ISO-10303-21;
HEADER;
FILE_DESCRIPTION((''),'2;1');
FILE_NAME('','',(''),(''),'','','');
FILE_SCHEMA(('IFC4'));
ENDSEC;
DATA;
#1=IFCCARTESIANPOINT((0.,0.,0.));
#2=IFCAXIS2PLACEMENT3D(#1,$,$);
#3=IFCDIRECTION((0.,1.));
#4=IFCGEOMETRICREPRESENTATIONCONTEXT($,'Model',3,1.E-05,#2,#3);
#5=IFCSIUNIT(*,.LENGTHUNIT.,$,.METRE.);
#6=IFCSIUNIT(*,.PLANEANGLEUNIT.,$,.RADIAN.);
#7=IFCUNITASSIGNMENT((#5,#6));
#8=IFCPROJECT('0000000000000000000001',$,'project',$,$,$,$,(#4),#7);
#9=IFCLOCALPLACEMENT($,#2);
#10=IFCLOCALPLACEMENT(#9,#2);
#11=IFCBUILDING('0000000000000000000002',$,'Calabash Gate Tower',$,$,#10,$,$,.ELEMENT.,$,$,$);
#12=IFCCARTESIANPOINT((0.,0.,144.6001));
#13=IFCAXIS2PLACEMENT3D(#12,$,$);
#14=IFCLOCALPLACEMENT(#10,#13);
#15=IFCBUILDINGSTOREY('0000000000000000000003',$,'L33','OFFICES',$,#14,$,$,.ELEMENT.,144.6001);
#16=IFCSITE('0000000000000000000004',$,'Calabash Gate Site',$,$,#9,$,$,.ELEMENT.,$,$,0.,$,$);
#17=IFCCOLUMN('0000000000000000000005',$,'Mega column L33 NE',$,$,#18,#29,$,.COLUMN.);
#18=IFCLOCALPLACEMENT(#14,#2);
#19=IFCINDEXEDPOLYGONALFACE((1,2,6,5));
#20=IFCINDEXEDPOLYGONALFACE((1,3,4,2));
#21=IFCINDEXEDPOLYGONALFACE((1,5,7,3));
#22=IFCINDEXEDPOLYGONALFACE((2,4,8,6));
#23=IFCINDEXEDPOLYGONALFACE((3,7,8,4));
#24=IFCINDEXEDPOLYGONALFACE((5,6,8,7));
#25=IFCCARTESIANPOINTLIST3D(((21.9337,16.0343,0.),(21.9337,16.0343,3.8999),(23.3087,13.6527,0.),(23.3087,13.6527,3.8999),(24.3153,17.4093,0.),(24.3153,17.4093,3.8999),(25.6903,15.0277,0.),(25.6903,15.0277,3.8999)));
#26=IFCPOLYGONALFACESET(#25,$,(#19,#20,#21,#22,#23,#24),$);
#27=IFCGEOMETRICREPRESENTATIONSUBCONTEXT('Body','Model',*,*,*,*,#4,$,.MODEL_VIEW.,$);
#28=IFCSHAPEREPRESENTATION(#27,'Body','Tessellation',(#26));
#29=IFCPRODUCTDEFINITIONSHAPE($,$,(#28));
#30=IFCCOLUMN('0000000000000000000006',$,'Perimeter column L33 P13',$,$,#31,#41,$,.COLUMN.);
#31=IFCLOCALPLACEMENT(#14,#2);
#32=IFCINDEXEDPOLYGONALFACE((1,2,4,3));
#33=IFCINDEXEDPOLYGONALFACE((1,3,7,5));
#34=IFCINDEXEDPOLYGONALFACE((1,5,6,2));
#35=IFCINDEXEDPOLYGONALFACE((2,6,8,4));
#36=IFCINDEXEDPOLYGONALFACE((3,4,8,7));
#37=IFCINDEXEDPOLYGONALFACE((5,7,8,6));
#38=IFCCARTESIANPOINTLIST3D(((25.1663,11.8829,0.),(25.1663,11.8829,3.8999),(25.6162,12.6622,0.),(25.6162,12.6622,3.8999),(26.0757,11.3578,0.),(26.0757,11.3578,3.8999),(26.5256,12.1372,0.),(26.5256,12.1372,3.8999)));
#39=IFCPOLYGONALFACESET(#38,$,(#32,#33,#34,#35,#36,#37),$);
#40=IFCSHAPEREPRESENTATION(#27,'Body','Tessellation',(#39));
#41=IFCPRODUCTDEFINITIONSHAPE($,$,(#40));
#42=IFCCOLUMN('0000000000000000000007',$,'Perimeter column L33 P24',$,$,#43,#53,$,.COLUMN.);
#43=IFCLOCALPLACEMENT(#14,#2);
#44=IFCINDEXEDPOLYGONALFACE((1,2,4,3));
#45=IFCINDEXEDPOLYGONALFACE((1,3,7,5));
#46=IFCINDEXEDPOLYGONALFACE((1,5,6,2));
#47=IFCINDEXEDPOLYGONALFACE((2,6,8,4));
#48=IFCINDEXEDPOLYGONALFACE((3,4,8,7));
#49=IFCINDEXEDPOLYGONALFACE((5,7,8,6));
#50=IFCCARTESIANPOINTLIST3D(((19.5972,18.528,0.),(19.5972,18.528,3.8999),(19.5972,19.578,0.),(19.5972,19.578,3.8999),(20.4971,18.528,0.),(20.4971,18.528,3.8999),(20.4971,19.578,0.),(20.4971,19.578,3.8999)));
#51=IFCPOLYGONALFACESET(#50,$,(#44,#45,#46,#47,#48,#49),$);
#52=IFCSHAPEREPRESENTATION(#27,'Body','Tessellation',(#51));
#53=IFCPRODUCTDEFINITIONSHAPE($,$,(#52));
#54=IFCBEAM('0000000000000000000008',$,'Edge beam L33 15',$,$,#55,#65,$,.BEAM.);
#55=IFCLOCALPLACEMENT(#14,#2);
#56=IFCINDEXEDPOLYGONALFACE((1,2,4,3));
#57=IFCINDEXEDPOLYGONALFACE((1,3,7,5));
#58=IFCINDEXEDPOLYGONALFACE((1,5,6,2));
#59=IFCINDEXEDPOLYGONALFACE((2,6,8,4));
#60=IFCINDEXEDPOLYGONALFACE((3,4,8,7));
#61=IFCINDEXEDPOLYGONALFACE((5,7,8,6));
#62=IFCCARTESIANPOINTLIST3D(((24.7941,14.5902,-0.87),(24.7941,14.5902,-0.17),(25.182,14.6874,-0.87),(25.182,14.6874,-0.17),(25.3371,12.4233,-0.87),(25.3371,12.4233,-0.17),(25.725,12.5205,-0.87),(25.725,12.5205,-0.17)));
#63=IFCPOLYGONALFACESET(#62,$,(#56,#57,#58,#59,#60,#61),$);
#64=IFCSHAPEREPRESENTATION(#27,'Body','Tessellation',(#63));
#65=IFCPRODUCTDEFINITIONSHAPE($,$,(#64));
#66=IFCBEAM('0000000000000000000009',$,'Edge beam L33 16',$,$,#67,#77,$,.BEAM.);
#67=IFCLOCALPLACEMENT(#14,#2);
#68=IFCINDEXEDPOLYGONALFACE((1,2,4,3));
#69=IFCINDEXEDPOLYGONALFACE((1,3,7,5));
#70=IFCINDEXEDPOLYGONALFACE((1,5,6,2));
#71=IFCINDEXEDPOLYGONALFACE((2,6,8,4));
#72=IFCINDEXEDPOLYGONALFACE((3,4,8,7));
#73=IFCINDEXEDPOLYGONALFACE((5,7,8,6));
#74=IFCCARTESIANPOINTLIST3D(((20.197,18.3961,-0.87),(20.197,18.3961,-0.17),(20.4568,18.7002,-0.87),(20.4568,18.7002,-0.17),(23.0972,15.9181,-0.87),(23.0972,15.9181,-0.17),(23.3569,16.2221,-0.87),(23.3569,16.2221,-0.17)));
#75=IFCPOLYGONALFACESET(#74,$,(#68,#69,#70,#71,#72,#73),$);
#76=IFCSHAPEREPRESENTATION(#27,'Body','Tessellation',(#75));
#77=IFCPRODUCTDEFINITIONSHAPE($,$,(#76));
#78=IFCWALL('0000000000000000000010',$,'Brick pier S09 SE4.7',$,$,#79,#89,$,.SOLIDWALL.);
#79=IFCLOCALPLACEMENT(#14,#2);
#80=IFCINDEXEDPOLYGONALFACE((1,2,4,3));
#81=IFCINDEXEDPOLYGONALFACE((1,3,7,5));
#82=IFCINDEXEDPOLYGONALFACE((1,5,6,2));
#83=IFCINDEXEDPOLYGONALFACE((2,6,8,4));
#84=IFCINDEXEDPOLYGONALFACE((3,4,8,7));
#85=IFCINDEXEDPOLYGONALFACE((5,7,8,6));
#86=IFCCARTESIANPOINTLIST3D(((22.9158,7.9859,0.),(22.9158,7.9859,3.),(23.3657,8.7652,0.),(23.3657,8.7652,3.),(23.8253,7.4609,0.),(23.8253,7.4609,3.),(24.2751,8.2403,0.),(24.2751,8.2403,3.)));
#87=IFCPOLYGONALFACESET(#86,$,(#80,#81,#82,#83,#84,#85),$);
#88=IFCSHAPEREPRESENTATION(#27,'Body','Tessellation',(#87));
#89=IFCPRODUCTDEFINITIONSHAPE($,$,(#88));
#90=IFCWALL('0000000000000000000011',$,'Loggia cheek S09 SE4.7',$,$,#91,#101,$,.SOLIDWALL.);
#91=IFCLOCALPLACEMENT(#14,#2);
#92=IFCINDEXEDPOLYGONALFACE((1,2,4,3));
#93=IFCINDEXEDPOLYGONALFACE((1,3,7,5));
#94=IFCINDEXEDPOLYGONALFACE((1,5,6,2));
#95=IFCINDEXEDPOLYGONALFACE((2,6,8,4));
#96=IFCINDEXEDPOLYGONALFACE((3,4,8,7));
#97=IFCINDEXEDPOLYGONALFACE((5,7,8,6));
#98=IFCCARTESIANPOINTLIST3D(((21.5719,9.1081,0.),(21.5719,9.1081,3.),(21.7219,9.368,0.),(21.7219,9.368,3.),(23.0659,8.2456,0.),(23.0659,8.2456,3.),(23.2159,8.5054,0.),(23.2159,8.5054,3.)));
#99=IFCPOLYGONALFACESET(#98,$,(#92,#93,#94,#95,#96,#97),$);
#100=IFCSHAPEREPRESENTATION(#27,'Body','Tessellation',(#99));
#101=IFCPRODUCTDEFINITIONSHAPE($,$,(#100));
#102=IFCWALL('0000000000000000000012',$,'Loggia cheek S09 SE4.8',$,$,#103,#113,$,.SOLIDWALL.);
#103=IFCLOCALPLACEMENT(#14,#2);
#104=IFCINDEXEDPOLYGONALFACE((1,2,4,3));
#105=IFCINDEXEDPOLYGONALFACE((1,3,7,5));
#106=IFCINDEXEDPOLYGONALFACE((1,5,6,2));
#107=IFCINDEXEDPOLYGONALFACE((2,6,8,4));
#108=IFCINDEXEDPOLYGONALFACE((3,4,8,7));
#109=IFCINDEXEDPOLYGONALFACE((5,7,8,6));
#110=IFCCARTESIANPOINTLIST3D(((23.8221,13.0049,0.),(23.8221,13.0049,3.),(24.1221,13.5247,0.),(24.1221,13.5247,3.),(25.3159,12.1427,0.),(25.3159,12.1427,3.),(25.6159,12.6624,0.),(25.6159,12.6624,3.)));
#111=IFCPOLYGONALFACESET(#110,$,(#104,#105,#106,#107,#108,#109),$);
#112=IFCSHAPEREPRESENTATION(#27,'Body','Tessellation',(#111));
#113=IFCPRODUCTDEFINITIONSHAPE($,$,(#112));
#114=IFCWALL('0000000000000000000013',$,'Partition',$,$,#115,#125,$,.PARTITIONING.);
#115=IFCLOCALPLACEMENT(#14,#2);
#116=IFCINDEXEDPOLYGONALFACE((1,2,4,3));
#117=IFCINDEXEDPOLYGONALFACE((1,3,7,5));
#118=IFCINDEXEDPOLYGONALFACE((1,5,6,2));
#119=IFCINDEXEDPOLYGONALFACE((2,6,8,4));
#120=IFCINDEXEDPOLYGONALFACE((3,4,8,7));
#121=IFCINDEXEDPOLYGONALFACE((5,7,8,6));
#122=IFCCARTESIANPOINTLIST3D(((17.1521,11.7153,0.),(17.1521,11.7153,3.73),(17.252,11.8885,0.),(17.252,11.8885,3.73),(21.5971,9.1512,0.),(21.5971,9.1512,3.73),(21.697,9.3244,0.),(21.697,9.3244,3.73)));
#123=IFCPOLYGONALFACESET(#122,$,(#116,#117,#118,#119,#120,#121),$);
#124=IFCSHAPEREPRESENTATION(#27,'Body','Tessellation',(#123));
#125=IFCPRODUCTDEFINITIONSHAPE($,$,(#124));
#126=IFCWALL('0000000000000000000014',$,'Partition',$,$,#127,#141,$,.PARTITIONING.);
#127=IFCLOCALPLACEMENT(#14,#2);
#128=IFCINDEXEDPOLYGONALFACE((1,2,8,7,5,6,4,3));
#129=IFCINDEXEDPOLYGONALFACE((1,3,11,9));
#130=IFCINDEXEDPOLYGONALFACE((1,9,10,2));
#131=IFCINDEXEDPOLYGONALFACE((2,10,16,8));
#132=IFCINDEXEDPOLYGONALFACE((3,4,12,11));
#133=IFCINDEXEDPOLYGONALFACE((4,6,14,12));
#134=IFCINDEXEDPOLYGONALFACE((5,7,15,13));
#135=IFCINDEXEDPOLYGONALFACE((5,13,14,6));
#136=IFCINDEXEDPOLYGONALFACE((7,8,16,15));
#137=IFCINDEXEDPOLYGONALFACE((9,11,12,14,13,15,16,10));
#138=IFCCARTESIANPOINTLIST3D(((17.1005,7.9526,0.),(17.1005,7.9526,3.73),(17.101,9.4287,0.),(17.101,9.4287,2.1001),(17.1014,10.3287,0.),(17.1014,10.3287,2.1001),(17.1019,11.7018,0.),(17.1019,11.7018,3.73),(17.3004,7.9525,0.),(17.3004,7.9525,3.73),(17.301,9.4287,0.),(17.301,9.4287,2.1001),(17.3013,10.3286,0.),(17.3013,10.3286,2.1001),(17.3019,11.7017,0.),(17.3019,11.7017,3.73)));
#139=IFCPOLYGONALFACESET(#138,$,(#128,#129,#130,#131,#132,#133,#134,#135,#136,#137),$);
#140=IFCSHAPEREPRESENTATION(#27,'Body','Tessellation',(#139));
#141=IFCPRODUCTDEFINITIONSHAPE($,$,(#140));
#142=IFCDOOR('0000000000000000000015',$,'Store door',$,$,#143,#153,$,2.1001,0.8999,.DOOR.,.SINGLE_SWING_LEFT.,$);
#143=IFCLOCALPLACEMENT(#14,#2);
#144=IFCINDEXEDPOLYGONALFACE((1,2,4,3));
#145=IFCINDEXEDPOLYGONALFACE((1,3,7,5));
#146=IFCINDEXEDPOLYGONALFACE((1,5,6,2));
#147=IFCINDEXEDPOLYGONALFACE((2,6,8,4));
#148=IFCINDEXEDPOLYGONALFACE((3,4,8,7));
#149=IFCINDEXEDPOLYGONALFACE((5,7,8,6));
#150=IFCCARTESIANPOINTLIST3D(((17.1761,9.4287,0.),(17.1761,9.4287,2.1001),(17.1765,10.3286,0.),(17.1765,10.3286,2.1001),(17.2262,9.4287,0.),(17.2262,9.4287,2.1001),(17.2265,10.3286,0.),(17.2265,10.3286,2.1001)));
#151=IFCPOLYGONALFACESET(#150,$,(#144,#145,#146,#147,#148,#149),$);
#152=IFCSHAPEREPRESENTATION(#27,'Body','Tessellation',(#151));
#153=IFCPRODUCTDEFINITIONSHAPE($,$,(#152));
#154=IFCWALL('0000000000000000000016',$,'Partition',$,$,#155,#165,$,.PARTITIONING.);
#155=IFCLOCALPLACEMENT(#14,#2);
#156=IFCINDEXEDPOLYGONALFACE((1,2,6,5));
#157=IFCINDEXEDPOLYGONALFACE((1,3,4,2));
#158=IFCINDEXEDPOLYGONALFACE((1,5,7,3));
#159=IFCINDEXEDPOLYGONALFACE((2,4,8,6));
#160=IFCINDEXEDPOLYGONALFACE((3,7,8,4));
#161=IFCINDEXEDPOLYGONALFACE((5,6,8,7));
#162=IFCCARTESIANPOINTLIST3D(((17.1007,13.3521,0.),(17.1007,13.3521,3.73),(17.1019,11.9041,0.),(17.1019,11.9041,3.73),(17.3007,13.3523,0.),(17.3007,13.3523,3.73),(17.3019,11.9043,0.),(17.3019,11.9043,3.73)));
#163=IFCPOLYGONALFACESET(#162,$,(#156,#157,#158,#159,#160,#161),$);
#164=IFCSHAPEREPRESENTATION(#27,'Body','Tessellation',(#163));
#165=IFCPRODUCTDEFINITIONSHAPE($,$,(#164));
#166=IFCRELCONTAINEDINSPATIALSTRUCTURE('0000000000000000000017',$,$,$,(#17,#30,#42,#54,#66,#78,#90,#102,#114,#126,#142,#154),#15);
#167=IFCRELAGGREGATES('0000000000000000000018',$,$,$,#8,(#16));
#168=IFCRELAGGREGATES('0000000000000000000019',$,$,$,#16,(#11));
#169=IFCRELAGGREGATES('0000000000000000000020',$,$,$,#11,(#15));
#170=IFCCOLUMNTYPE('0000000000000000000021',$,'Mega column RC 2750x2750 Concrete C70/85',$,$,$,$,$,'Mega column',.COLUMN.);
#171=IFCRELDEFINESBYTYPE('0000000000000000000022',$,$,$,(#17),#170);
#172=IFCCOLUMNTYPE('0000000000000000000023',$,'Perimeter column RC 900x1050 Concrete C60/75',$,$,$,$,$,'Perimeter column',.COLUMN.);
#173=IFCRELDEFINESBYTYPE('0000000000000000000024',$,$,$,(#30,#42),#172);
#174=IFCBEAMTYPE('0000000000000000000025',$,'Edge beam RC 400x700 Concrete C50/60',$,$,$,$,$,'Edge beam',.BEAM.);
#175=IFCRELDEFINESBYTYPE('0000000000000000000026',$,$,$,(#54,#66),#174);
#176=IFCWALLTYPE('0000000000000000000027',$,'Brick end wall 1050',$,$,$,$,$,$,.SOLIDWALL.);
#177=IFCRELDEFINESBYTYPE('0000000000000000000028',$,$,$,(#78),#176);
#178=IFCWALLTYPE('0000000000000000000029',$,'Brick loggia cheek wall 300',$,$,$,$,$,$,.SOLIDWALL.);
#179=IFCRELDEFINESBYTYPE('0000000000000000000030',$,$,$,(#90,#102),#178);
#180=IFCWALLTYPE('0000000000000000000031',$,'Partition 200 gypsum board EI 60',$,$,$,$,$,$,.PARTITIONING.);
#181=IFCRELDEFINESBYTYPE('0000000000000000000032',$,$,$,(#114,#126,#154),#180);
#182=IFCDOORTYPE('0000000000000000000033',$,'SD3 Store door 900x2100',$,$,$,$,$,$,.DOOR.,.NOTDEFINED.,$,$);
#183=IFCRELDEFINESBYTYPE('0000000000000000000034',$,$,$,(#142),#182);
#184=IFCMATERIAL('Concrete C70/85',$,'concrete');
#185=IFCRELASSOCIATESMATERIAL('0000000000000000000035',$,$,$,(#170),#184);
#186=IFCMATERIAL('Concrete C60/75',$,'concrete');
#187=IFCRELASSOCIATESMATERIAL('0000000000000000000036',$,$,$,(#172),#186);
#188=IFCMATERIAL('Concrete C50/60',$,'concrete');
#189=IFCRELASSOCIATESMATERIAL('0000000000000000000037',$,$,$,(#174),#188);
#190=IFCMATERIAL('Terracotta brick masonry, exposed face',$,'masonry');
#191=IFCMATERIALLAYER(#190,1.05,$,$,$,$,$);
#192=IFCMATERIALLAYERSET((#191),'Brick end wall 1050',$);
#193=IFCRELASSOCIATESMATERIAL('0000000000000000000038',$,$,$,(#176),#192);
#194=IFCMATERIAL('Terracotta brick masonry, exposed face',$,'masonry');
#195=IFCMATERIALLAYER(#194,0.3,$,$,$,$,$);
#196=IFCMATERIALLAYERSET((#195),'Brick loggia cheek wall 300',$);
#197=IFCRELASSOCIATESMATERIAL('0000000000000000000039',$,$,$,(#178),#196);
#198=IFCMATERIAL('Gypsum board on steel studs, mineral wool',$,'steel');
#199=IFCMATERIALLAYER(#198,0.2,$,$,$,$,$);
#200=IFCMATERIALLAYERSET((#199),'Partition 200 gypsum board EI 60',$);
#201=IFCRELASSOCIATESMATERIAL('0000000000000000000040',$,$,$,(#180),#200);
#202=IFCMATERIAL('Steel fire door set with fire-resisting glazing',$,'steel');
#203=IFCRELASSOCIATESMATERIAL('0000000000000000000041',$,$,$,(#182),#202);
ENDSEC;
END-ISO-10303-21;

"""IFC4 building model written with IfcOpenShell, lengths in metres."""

from ifc_helpers import new_model, si_unit, direction, frame, frame_2d, origin, origin_2d, place, context, subcontext, project, spatial, rectangle, extrude, material, layer, layer_set, material_profile, profile_set, type_object, element, fill, save


model = new_model("IFC4")

# Units and contexts
model_context = context("Model", 3, precision=1e-05, world=origin(), true_north=direction((0.0, 1.0)))
body_context = subcontext(model_context, "Body", "Model", "MODEL_VIEW")
ifc_project = project(units=[si_unit("LENGTHUNIT", "METRE"), si_unit("PLANEANGLEUNIT", "RADIAN")], contexts=[model_context])

# Site, building, storey
site_placement = place(None, origin())
site = spatial("IfcSite", under=ifc_project, at=site_placement, Name="Calabash Gate Site", CompositionType="ELEMENT", RefElevation=0.0)
building_placement = place(site_placement, origin())
building = spatial("IfcBuilding", under=site, at=building_placement, Name="Calabash Gate Tower", CompositionType="ELEMENT")
storey_placement = place(building_placement, frame((0.0, 0.0, 144.6001)))
storey = spatial("IfcBuildingStorey", under=building, at=storey_placement, Name="L33", Description="OFFICES", CompositionType="ELEMENT", Elevation=144.6001)

# Columns
ifc_material_1 = material(Name="Concrete C70/85", Category="concrete")
ifc_material_profile_1 = material_profile(ifc_material_1, rectangle(XDim=2.75, YDim=2.75, at=origin_2d()))
ifc_profile_set_1 = profile_set([ifc_material_profile_1], Name="Concrete C70/85")
column_type_1 = type_object("IfcColumnType", Name="Mega column RC 2750x2750 Concrete C70/85", ElementType="Mega column", PredefinedType="COLUMN", material=ifc_profile_set_1)
column_placement = place(storey_placement, frame((23.812, 15.531, 0.0), z_axis=(0.0, 0.0, 1.0), x_axis=(-0.866025, -0.5, 0.0)))
element("IfcColumn", 1, at=column_placement, inside=storey, type_object=column_type_1, Name="Mega column L33 NE", PredefinedType="COLUMN", context=body_context, shape_type="SweptSolid", body=[
    extrude(rectangle(XDim=2.75, YDim=2.75, at=origin_2d()), origin(), (0.0, 0.0, 1.0), 3.8999),
])
ifc_material_2 = material(Name="Concrete C60/75", Category="concrete")
ifc_material_profile_2 = material_profile(ifc_material_2, rectangle(XDim=0.8999, YDim=1.05, at=origin_2d()))
ifc_profile_set_2 = profile_set([ifc_material_profile_2], Name="Concrete C60/75")
column_type_2 = type_object("IfcColumnType", Name="Perimeter column RC 900x1050 Concrete C60/75", ElementType="Perimeter column", PredefinedType="COLUMN", material=ifc_profile_set_2)
for number, where, z_axis, x_axis, name in (
    (2, (25.8459, 12.01, 0.0), (0.0, 0.0, 1.0), (0.5, 0.866025, 0.0), "Perimeter column L33 P13"),
    (3, (20.0471, 19.053, 0.0), (0.0, 0.0, 1.0), (-1.0, 0.0, 0.0), "Perimeter column L33 P24"),
):
    element("IfcColumn", number, at=place(storey_placement, frame(where, z_axis=z_axis, x_axis=x_axis)), inside=storey, type_object=column_type_2, Name=name, PredefinedType="COLUMN", context=body_context, shape_type="SweptSolid", body=[
        extrude(rectangle(XDim=0.8999, YDim=1.05, at=origin_2d()), origin(), (0.0, 0.0, 1.0), 3.8999),
    ])

# Beams
ifc_material_3 = material(Name="Concrete C50/60", Category="concrete")
ifc_material_profile_3 = material_profile(ifc_material_3, rectangle(XDim=0.3999, YDim=0.7, at=origin_2d()))
ifc_profile_set_3 = profile_set([ifc_material_profile_3], Name="Concrete C50/60")
beam_type = type_object("IfcBeamType", Name="Edge beam RC 400x700 Concrete C50/60", ElementType="Edge beam", PredefinedType="BEAM", material=ifc_profile_set_3)
beam_1_placement = place(storey_placement, frame((25.531, 12.4719, -0.52), z_axis=(-0.24305, 0.970014, 0.0), x_axis=(-0.970014, -0.24305, 0.0)))
element("IfcBeam", 4, at=beam_1_placement, inside=storey, type_object=beam_type, Name="Edge beam L33 15", PredefinedType="BEAM", context=body_context, shape_type="SweptSolid", body=[
    extrude(rectangle(XDim=0.3999, YDim=0.7, at=origin_2d()), origin(), (0.0, 0.0, 1.0), 2.2339),
])
beam_2_placement = place(storey_placement, frame((23.2271, 16.0701, -0.52), z_axis=(-0.760268, 0.64961, 0.0), x_axis=(-0.64961, -0.760268, 0.0)))
element("IfcBeam", 5, at=beam_2_placement, inside=storey, type_object=beam_type, Name="Edge beam L33 16", PredefinedType="BEAM", context=body_context, shape_type="SweptSolid", body=[
    extrude(rectangle(XDim=0.3999, YDim=0.7, at=origin_2d()), origin(), (0.0, 0.0, 1.0), 3.8147),
])

# Walls
ifc_material_4 = material(Name="Terracotta brick masonry, exposed face", Category="masonry")
ifc_layer_1 = layer(ifc_material_4, 1.05)
ifc_layer_set_1 = layer_set([ifc_layer_1], Name="Brick end wall 1050")
wall_type_1 = type_object("IfcWallType", Name="Brick end wall 1050", PredefinedType="SOLIDWALL", material=ifc_layer_set_1)
wall_1_placement = place(storey_placement, frame((23.1409, 8.3755, 0.0), z_axis=(0.0, 0.0, 1.0), x_axis=(0.866089, -0.49989, 0.0)))
element("IfcWall", 6, at=wall_1_placement, inside=storey, type_object=wall_type_1, Name="Brick pier S09 SE4.7", PredefinedType="SOLIDWALL", context=body_context, shape_type="SweptSolid", body=[
    extrude(rectangle(XDim=1.05, YDim=0.8999, at=frame_2d((0.5249, 0.0))), origin(), (0.0, 0.0, 1.0), 3.0),
])
ifc_material_5 = material(Name="Terracotta brick masonry, exposed face", Category="masonry")
ifc_layer_2 = layer(ifc_material_5, 0.3)
ifc_layer_set_2 = layer_set([ifc_layer_2], Name="Brick loggia cheek wall 300")
wall_type_2 = type_object("IfcWallType", Name="Brick loggia cheek wall 300", PredefinedType="SOLIDWALL", material=ifc_layer_set_2)
wall_2_placement = place(storey_placement, frame((23.1409, 8.3755, 0.0), z_axis=(0.0, 0.0, 1.0), x_axis=(-0.866014, 0.500021, 0.0)))
element("IfcWall", 7, at=wall_2_placement, inside=storey, type_object=wall_type_2, Name="Loggia cheek S09 SE4.7", PredefinedType="SOLIDWALL", context=body_context, shape_type="SweptSolid", body=[
    extrude(rectangle(XDim=1.7251, YDim=0.3, at=frame_2d((0.8625, 0.0))), origin(), (0.0, 0.0, 1.0), 3.0),
])
wall_3_placement = place(storey_placement, frame((25.4658, 12.4026, 0.0), z_axis=(0.0, 0.0, 1.0), x_axis=(-0.866075, 0.499914, 0.0)))
element("IfcWall", 8, at=wall_3_placement, inside=storey, type_object=wall_type_2, Name="Loggia cheek S09 SE4.8", PredefinedType="SOLIDWALL", context=body_context, shape_type="SweptSolid", body=[
    extrude(rectangle(XDim=1.7249, YDim=0.6001, at=frame_2d((0.8623, 0.0))), origin(), (0.0, 0.0, 1.0), 3.0),
])
ifc_material_6 = material(Name="Gypsum board on steel studs, mineral wool", Category="steel")
ifc_layer_3 = layer(ifc_material_6, 0.2)
ifc_layer_set_3 = layer_set([ifc_layer_3], Name="Partition 200 gypsum board EI 60")
wall_type_3 = type_object("IfcWallType", Name="Partition 200 gypsum board EI 60", PredefinedType="PARTITIONING", material=ifc_layer_set_3)
wall_4_placement = place(storey_placement, frame((17.2019, 11.802, 0.0), z_axis=(0.0, 0.0, 1.0), x_axis=(0.866207, -0.499685, 0.0)))
element("IfcWall", 9, at=wall_4_placement, inside=storey, type_object=wall_type_3, Name="Partition", PredefinedType="PARTITIONING", context=body_context, shape_type="SweptSolid", body=[
    extrude(rectangle(XDim=5.1316, YDim=0.2, at=frame_2d((2.5659, 0.0))), origin(), (0.0, 0.0, 1.0), 3.73),
])

# Wall, opening, door
wall_5_placement = place(storey_placement, frame((17.2004, 7.9526, 0.0), z_axis=(0.0, 0.0, 1.0), x_axis=(0.000391, 1.0, 0.0)))
wall_5 = element("IfcWall", 10, at=wall_5_placement, inside=storey, type_object=wall_type_3, Name="Partition", PredefinedType="PARTITIONING", context=body_context, shape_type="SweptSolid", body=[
    extrude(rectangle(XDim=3.7493, YDim=0.2, at=frame_2d((1.8745, 0.0))), origin(), (0.0, 0.0, 1.0), 3.73),
])
opening_1_placement = place(wall_5_placement, frame((1.4761, 0.0, 0.0)))
opening_1 = element("IfcOpeningElement", 11, at=opening_1_placement, cuts=wall_5, PredefinedType="OPENING", context=body_context, shape_type="SweptSolid", body=[
    extrude(rectangle(XDim=0.8999, YDim=2.1001, at=frame_2d((0.45, 1.05))), frame((0.0, 0.1099, 0.0), z_axis=(0.0, -1.0, 0.0), x_axis=(1.0, 0.0, 0.0)), (0.0, 0.0, 1.0), 0.22),
])
ifc_material_7 = material(Name="Steel fire door set with fire-resisting glazing", Category="steel")
door_type_1 = type_object("IfcDoorType", Name="SD3 Store door 900x2100", OperationType="NOTDEFINED", PredefinedType="DOOR", material=ifc_material_7)
door_1_placement = place(opening_1_placement, origin())
door_1 = element("IfcDoor", 12, at=door_1_placement, inside=storey, type_object=door_type_1, Name="Store door", OperationType="SINGLE_SWING_LEFT", OverallHeight=2.1001, OverallWidth=0.8999, PredefinedType="DOOR", context=body_context, shape_type="SweptSolid", body=[
    extrude(rectangle(XDim=0.8999, YDim=2.1001, at=frame_2d((0.45, 1.05))), frame((0.0, 0.0249, 0.0), z_axis=(0.0, -1.0, 0.0), x_axis=(1.0, 0.0, 0.0)), (0.0, 0.0, 1.0), 0.05),
])
fill(opening_1, door_1)

# Wall
wall_6_placement = place(storey_placement, frame((17.2007, 13.3523, 0.0), z_axis=(0.0, 0.0, 1.0), x_axis=(0.000843, -1.0, 0.0)))
element("IfcWall", 13, at=wall_6_placement, inside=storey, type_object=wall_type_3, Name="Partition", PredefinedType="PARTITIONING", context=body_context, shape_type="SweptSolid", body=[
    extrude(rectangle(XDim=1.448, YDim=0.2, at=frame_2d((0.7241, 0.0))), origin(), (0.0, 0.0, 1.0), 3.73),
])

save(model, "model.ifc")
